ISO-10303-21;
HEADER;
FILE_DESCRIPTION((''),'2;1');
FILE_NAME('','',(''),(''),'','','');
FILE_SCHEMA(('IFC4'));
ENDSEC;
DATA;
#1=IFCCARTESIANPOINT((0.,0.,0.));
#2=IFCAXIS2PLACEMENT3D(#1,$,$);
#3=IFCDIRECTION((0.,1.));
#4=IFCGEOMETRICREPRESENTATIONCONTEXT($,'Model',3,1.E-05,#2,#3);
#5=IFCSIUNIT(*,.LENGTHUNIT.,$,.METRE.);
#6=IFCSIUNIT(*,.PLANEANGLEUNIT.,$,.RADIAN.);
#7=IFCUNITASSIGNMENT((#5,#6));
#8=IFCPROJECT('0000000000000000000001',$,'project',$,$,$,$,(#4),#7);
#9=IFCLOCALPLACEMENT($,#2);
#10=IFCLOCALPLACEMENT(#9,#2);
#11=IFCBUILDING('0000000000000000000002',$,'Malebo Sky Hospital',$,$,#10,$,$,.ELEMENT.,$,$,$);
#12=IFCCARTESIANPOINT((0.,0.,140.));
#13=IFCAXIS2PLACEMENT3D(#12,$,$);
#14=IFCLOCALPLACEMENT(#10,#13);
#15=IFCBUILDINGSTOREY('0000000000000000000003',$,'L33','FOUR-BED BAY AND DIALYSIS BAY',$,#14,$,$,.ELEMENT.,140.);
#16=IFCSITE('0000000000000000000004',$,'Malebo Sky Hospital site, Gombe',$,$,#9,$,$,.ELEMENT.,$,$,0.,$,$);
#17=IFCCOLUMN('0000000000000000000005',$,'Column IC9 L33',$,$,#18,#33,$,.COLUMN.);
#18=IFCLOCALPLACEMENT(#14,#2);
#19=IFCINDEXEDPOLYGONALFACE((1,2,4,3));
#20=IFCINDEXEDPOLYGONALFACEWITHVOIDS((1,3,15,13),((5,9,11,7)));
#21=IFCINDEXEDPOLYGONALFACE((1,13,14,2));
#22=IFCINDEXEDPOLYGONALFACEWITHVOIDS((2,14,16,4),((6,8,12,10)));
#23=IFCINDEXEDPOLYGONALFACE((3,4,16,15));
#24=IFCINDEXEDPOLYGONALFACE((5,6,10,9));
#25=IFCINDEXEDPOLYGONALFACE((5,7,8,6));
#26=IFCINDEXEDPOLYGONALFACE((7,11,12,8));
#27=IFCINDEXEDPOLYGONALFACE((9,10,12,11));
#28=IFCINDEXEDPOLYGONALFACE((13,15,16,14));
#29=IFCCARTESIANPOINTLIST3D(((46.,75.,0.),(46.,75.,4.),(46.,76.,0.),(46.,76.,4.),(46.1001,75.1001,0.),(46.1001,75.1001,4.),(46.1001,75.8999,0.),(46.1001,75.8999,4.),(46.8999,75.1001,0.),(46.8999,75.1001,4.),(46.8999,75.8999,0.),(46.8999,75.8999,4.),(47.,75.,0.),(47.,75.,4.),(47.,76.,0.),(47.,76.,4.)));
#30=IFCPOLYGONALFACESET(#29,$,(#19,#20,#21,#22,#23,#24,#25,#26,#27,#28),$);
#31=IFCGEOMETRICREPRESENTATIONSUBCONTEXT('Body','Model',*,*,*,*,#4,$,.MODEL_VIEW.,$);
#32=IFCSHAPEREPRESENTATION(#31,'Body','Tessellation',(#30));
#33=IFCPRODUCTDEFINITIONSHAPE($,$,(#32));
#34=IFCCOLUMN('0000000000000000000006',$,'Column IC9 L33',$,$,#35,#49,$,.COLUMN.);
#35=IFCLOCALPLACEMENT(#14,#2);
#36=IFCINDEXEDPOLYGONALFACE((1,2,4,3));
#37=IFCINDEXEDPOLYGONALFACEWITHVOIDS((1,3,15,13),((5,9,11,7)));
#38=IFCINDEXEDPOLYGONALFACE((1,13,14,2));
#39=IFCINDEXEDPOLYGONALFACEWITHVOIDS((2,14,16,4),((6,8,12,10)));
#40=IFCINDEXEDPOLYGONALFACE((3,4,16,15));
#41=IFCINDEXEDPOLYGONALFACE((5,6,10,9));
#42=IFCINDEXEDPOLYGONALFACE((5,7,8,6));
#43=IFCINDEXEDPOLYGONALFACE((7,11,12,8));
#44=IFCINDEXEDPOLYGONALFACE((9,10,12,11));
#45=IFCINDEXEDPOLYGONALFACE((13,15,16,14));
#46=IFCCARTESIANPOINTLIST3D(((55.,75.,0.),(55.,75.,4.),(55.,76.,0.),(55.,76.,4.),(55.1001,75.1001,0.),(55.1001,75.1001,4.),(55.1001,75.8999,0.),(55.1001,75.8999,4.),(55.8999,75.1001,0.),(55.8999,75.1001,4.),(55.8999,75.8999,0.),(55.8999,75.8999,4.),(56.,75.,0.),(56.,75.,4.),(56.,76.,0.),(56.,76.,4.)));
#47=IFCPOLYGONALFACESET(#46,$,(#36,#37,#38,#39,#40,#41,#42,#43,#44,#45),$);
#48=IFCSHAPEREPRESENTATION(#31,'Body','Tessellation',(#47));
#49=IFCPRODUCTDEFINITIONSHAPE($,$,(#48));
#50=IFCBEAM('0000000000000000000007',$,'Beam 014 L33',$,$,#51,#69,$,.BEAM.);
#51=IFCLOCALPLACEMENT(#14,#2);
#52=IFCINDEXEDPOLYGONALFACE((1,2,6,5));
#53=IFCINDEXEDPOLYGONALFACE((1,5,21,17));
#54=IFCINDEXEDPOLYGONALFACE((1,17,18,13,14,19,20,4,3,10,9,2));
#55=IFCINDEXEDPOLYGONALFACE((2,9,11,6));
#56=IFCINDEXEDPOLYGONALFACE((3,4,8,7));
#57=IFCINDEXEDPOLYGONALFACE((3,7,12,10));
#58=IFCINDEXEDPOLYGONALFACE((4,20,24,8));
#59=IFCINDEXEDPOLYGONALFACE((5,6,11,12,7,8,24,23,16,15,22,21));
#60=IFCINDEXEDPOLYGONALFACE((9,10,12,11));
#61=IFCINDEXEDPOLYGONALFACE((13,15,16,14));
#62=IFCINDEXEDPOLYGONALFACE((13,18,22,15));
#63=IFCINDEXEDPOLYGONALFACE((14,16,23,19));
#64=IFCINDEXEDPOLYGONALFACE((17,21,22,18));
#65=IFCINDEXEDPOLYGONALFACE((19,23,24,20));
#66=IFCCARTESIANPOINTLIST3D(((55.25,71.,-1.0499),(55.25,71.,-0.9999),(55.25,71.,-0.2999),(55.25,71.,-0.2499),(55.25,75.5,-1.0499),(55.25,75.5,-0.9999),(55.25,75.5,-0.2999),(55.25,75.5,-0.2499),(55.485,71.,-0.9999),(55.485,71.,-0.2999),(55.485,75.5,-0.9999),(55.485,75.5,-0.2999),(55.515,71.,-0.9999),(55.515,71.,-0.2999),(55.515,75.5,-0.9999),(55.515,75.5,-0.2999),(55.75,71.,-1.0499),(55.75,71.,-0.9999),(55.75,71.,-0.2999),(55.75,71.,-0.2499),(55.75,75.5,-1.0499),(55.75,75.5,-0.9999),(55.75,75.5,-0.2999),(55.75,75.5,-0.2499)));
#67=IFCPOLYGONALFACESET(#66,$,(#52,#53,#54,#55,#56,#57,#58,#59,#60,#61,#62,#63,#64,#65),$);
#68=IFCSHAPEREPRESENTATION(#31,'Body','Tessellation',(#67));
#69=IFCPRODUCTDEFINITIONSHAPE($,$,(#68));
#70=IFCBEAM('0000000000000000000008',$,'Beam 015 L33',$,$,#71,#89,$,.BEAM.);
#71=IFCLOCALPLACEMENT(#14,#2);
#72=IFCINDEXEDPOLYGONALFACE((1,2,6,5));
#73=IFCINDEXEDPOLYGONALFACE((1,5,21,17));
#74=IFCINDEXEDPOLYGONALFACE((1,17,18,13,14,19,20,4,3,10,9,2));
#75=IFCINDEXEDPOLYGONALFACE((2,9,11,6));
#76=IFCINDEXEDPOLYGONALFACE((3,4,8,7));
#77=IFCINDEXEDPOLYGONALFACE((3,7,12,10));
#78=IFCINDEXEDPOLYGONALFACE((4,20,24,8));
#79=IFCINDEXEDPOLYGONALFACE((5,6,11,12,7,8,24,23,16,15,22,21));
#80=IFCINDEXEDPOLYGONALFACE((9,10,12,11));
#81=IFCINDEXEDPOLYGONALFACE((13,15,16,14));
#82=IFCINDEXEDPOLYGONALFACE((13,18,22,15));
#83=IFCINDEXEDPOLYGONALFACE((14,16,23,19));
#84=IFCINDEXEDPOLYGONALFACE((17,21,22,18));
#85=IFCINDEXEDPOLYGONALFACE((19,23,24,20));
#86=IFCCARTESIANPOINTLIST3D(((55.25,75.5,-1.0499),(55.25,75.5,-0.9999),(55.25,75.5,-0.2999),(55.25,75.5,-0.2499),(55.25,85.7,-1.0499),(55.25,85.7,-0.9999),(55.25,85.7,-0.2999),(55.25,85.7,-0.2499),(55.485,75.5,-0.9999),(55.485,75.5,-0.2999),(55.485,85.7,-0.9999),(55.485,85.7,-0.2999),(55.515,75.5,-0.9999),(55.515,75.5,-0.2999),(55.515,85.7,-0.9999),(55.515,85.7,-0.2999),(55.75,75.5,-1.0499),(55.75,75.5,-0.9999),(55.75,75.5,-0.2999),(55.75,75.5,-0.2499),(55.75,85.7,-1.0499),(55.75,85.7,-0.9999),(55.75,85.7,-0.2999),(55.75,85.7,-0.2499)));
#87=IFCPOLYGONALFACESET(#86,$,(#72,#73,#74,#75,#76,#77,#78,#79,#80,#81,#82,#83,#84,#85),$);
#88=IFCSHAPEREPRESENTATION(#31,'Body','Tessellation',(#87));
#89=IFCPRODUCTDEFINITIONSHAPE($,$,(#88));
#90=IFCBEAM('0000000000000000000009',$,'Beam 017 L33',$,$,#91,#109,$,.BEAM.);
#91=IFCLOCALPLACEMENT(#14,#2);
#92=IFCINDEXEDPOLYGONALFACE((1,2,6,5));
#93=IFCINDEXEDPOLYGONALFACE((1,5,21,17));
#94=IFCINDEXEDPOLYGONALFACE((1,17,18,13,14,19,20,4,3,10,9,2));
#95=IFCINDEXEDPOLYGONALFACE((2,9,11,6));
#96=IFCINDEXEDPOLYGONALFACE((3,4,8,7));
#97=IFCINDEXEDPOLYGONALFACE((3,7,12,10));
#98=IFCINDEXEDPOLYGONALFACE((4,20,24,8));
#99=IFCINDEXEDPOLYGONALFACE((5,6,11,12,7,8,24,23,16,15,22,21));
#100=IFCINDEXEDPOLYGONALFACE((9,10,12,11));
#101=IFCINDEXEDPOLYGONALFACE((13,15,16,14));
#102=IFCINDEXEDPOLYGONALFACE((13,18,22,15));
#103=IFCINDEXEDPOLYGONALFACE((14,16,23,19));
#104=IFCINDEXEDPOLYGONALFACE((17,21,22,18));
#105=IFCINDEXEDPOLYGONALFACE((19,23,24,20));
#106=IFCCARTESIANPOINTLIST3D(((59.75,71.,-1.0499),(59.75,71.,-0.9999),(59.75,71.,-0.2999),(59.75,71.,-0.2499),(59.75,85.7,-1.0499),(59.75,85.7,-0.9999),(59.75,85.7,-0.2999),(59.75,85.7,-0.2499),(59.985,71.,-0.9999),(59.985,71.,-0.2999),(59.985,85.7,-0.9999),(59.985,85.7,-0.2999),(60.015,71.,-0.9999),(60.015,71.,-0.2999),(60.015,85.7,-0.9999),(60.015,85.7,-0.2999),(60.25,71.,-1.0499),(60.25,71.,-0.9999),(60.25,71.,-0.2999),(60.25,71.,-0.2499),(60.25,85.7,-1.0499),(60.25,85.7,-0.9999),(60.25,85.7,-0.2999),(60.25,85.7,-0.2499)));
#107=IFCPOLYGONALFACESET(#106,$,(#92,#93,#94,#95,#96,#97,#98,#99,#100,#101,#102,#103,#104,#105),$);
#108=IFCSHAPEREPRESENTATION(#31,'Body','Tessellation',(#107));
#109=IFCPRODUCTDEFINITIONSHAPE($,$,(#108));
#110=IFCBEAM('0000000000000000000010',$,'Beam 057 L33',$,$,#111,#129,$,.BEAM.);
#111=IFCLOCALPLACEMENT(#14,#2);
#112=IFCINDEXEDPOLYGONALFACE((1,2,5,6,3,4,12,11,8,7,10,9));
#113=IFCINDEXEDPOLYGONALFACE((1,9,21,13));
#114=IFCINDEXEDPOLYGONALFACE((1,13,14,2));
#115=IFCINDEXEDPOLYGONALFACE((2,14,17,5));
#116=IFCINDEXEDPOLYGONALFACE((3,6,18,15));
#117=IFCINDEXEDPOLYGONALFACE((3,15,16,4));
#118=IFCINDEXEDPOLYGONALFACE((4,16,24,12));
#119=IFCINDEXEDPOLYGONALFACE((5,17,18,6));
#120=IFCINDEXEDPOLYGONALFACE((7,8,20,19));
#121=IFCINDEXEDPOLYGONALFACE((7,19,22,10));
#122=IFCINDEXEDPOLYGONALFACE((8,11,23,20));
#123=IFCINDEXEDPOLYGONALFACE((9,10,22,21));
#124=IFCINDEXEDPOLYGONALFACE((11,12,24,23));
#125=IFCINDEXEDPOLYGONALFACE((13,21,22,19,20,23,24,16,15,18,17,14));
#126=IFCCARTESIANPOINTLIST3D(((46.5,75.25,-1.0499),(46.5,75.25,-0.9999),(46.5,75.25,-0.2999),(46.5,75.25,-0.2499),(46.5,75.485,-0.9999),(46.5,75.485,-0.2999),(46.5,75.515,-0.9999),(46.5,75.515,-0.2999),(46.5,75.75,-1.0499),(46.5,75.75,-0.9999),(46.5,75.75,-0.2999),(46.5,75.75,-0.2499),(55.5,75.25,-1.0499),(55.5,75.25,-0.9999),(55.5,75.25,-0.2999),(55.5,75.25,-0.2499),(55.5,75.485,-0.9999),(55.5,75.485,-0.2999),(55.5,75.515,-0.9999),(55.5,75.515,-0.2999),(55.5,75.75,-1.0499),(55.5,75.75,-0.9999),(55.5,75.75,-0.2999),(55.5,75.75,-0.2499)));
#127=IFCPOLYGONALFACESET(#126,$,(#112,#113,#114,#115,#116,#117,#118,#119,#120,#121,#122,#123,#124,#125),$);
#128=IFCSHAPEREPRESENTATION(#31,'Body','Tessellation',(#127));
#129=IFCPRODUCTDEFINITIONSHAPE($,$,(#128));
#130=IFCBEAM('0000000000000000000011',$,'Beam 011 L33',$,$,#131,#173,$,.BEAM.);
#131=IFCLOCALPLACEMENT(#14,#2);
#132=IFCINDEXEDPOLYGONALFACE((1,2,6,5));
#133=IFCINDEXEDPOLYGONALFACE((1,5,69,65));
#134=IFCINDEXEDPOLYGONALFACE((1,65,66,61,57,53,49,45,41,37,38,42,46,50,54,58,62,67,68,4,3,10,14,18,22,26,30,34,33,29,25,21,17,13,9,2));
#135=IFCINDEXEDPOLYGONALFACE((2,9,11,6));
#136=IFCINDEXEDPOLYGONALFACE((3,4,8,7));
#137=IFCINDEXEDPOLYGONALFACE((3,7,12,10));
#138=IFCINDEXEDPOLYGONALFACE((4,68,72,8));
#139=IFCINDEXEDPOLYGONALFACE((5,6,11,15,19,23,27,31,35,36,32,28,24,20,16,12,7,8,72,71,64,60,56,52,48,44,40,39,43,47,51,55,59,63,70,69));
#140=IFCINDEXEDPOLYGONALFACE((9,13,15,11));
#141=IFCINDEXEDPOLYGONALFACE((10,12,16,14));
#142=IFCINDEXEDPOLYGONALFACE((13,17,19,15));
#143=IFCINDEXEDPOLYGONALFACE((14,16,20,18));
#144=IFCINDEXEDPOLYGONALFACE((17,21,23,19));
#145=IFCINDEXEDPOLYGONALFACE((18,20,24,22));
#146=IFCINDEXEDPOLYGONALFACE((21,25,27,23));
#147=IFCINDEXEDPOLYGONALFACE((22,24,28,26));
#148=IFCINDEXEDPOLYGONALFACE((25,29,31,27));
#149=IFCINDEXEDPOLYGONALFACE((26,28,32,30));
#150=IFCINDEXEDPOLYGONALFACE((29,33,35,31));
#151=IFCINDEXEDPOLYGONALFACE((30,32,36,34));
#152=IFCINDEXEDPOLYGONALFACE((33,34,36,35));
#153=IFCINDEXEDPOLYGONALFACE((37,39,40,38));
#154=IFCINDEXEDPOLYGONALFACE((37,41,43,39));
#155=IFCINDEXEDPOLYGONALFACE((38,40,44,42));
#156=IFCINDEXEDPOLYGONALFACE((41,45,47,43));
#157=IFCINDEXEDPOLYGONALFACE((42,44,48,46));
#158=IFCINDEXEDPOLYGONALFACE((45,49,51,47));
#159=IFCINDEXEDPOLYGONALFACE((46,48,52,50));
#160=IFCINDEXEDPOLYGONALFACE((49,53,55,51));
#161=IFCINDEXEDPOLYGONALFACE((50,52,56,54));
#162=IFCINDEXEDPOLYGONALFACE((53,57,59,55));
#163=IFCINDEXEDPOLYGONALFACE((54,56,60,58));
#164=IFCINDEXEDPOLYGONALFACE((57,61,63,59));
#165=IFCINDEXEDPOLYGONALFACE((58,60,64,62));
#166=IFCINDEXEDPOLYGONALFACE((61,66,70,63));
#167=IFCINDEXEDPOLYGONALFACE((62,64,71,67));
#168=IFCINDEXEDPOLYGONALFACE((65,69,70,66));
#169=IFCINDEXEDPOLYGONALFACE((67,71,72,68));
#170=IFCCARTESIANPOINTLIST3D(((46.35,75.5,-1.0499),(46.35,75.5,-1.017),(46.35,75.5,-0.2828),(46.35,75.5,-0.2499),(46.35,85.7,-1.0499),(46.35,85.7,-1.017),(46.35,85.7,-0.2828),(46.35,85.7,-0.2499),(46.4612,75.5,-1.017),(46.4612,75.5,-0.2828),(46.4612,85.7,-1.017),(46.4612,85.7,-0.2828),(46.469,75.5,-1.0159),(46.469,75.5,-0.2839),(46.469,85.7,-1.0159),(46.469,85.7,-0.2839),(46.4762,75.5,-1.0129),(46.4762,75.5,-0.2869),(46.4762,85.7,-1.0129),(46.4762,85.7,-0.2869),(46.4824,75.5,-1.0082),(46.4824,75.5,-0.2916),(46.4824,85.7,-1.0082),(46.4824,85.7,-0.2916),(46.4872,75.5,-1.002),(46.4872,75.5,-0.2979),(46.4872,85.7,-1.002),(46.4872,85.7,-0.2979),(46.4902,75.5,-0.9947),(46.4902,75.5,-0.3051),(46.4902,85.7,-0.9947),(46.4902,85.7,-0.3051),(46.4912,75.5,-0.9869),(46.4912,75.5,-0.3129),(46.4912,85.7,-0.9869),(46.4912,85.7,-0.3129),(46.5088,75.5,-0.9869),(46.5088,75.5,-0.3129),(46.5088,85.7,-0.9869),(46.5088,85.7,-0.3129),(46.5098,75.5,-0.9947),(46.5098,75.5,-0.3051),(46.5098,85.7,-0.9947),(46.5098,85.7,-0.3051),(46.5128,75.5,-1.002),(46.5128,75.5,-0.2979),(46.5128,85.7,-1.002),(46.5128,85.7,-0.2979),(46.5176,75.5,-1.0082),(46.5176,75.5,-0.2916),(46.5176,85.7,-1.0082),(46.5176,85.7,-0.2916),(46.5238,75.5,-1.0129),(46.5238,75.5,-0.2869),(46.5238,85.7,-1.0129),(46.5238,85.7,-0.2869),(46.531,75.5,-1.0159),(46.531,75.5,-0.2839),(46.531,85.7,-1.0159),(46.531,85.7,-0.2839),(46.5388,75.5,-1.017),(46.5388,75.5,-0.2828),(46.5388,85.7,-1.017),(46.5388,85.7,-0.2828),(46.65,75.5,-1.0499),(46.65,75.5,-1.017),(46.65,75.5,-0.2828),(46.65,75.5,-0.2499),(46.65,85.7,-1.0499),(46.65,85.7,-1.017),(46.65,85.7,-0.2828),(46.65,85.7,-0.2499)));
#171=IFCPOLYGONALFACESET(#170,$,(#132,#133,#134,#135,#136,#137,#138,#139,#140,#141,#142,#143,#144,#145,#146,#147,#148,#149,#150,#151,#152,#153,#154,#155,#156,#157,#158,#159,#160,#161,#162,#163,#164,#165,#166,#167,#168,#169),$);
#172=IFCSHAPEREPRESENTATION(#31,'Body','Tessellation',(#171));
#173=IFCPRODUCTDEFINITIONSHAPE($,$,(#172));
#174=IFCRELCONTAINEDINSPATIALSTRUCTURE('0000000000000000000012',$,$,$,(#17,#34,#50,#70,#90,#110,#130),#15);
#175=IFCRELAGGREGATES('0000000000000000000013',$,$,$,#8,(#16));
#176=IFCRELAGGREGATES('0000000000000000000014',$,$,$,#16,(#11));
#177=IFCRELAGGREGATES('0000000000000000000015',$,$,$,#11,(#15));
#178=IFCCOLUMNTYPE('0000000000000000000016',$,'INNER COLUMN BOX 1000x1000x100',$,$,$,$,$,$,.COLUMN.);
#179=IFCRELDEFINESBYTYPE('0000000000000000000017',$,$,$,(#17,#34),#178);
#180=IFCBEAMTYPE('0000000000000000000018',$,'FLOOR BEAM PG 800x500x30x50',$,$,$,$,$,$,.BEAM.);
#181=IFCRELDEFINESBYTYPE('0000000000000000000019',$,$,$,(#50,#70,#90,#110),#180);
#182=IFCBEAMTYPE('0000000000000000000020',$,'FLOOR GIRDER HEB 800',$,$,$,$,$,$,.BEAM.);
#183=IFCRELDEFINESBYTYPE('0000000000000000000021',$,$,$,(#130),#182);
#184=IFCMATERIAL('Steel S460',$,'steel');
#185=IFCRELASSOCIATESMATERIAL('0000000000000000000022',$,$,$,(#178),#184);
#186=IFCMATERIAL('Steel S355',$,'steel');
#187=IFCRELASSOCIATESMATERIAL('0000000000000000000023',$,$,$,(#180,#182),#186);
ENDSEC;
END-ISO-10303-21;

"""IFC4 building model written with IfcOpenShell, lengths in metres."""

from ifc_helpers import new_model, si_unit, direction, frame, origin, origin_2d, place, context, subcontext, project, spatial, hollow_rectangle, i_section, extrude, material, material_profile, profile_set, type_object, element, save


model = new_model("IFC4")

# Units and contexts
model_context = context("Model", 3, precision=1e-05, world=origin(), true_north=direction((0.0, 1.0)))
body_context = subcontext(model_context, "Body", "Model", "MODEL_VIEW")
ifc_project = project(units=[si_unit("LENGTHUNIT", "METRE"), si_unit("PLANEANGLEUNIT", "RADIAN")], contexts=[model_context])

# Site, building, storey
site_placement = place(None, origin())
site = spatial("IfcSite", under=ifc_project, at=site_placement, Name="Malebo Sky Hospital site, Gombe", CompositionType="ELEMENT", RefElevation=0.0)
building_placement = place(site_placement, origin())
building = spatial("IfcBuilding", under=site, at=building_placement, Name="Malebo Sky Hospital", CompositionType="ELEMENT")
storey_placement = place(building_placement, frame((0.0, 0.0, 140.0)))
storey = spatial("IfcBuildingStorey", under=building, at=storey_placement, Name="L33", Description="FOUR-BED BAY AND DIALYSIS BAY", CompositionType="ELEMENT", Elevation=140.0)

# Columns
ifc_material_1 = material(Name="Steel S460", Category="steel")
ifc_material_profile_1 = material_profile(ifc_material_1, hollow_rectangle(XDim=1.0, YDim=1.0, WallThickness=0.1001, at=origin_2d()), Name="BOX 1000x1000x100")
ifc_profile_set_1 = profile_set([ifc_material_profile_1], Name="Steel S460")
column_type = type_object("IfcColumnType", Name="INNER COLUMN BOX 1000x1000x100", PredefinedType="COLUMN", material=ifc_profile_set_1)
for number, where, z_axis, x_axis, name in (
    (1, (46.5, 75.5, 0.0), (0.0, 0.0, 1.0), (1.0, 0.0, 0.0), "Column IC9 L33"),
    (2, (55.5, 75.5, 0.0), (0.0, 0.0, 1.0), (1.0, 0.0, 0.0), "Column IC9 L33"),
):
    element("IfcColumn", number, at=place(storey_placement, frame(where, z_axis=z_axis, x_axis=x_axis)), inside=storey, type_object=column_type, Name=name, PredefinedType="COLUMN", context=body_context, shape_type="SweptSolid", body=[
        extrude(hollow_rectangle(XDim=1.0, YDim=1.0, WallThickness=0.1001, at=origin_2d()), origin(), (0.0, 0.0, 1.0), 4.0),
    ])

# Beams
ifc_material_2 = material(Name="Steel S355", Category="steel")
ifc_material_profile_2 = material_profile(ifc_material_2, i_section(OverallWidth=0.5, OverallDepth=0.8, WebThickness=0.03, FlangeThickness=0.05, at=origin_2d()), Name="PG 800x500x30x50")
ifc_profile_set_2 = profile_set([ifc_material_profile_2], Name="Steel S355")
beam_type_1 = type_object("IfcBeamType", Name="FLOOR BEAM PG 800x500x30x50", PredefinedType="BEAM", material=ifc_profile_set_2)
beam_1_placement = place(storey_placement, frame((55.5, 71.0, -0.6499), z_axis=(0.0, 1.0, 0.0), x_axis=(-1.0, 0.0, 0.0)))
element("IfcBeam", 3, at=beam_1_placement, inside=storey, type_object=beam_type_1, Name="Beam 014 L33", PredefinedType="BEAM", context=body_context, shape_type="SweptSolid", body=[
    extrude(i_section(OverallWidth=0.5, OverallDepth=0.8, WebThickness=0.03, FlangeThickness=0.05, at=origin_2d()), origin(), (0.0, 0.0, 1.0), 4.5),
])
beam_2_placement = place(storey_placement, frame((55.5, 75.5, -0.6499), z_axis=(0.0, 1.0, 0.0), x_axis=(-1.0, 0.0, 0.0)))
element("IfcBeam", 4, at=beam_2_placement, inside=storey, type_object=beam_type_1, Name="Beam 015 L33", PredefinedType="BEAM", context=body_context, shape_type="SweptSolid", body=[
    extrude(i_section(OverallWidth=0.5, OverallDepth=0.8, WebThickness=0.03, FlangeThickness=0.05, at=origin_2d()), origin(), (0.0, 0.0, 1.0), 10.2),
])
beam_3_placement = place(storey_placement, frame((60.0, 71.0, -0.6499), z_axis=(0.0, 1.0, 0.0), x_axis=(-1.0, 0.0, 0.0)))
element("IfcBeam", 5, at=beam_3_placement, inside=storey, type_object=beam_type_1, Name="Beam 017 L33", PredefinedType="BEAM", context=body_context, shape_type="SweptSolid", body=[
    extrude(i_section(OverallWidth=0.5, OverallDepth=0.8, WebThickness=0.03, FlangeThickness=0.05, at=origin_2d()), origin(), (0.0, 0.0, 1.0), 14.7),
])
beam_4_placement = place(storey_placement, frame((46.5, 75.5, -0.6499), z_axis=(1.0, 0.0, 0.0), x_axis=(0.0, 1.0, 0.0)))
element("IfcBeam", 6, at=beam_4_placement, inside=storey, type_object=beam_type_1, Name="Beam 057 L33", PredefinedType="BEAM", context=body_context, shape_type="SweptSolid", body=[
    extrude(i_section(OverallWidth=0.5, OverallDepth=0.8, WebThickness=0.03, FlangeThickness=0.05, at=origin_2d()), origin(), (0.0, 0.0, 1.0), 9.0),
])
ifc_material_profile_3 = material_profile(ifc_material_2, i_section(OverallWidth=0.3, OverallDepth=0.8, WebThickness=0.0176, FlangeThickness=0.033, FilletRadius=0.03, at=origin_2d()), Name="HEB 800")
ifc_profile_set_3 = profile_set([ifc_material_profile_3], Name="Steel S355")
beam_type_2 = type_object("IfcBeamType", Name="FLOOR GIRDER HEB 800", PredefinedType="BEAM", material=ifc_profile_set_3)
beam_5_placement = place(storey_placement, frame((46.5, 75.5, -0.6499), z_axis=(0.0, 1.0, 0.0), x_axis=(-1.0, 0.0, 0.0)))
element("IfcBeam", 7, at=beam_5_placement, inside=storey, type_object=beam_type_2, Name="Beam 011 L33", PredefinedType="BEAM", context=body_context, shape_type="SweptSolid", body=[
    extrude(i_section(OverallWidth=0.3, OverallDepth=0.8, WebThickness=0.0176, FlangeThickness=0.033, FilletRadius=0.03, at=origin_2d()), origin(), (0.0, 0.0, 1.0), 10.2),
])

save(model, "model.ifc")
